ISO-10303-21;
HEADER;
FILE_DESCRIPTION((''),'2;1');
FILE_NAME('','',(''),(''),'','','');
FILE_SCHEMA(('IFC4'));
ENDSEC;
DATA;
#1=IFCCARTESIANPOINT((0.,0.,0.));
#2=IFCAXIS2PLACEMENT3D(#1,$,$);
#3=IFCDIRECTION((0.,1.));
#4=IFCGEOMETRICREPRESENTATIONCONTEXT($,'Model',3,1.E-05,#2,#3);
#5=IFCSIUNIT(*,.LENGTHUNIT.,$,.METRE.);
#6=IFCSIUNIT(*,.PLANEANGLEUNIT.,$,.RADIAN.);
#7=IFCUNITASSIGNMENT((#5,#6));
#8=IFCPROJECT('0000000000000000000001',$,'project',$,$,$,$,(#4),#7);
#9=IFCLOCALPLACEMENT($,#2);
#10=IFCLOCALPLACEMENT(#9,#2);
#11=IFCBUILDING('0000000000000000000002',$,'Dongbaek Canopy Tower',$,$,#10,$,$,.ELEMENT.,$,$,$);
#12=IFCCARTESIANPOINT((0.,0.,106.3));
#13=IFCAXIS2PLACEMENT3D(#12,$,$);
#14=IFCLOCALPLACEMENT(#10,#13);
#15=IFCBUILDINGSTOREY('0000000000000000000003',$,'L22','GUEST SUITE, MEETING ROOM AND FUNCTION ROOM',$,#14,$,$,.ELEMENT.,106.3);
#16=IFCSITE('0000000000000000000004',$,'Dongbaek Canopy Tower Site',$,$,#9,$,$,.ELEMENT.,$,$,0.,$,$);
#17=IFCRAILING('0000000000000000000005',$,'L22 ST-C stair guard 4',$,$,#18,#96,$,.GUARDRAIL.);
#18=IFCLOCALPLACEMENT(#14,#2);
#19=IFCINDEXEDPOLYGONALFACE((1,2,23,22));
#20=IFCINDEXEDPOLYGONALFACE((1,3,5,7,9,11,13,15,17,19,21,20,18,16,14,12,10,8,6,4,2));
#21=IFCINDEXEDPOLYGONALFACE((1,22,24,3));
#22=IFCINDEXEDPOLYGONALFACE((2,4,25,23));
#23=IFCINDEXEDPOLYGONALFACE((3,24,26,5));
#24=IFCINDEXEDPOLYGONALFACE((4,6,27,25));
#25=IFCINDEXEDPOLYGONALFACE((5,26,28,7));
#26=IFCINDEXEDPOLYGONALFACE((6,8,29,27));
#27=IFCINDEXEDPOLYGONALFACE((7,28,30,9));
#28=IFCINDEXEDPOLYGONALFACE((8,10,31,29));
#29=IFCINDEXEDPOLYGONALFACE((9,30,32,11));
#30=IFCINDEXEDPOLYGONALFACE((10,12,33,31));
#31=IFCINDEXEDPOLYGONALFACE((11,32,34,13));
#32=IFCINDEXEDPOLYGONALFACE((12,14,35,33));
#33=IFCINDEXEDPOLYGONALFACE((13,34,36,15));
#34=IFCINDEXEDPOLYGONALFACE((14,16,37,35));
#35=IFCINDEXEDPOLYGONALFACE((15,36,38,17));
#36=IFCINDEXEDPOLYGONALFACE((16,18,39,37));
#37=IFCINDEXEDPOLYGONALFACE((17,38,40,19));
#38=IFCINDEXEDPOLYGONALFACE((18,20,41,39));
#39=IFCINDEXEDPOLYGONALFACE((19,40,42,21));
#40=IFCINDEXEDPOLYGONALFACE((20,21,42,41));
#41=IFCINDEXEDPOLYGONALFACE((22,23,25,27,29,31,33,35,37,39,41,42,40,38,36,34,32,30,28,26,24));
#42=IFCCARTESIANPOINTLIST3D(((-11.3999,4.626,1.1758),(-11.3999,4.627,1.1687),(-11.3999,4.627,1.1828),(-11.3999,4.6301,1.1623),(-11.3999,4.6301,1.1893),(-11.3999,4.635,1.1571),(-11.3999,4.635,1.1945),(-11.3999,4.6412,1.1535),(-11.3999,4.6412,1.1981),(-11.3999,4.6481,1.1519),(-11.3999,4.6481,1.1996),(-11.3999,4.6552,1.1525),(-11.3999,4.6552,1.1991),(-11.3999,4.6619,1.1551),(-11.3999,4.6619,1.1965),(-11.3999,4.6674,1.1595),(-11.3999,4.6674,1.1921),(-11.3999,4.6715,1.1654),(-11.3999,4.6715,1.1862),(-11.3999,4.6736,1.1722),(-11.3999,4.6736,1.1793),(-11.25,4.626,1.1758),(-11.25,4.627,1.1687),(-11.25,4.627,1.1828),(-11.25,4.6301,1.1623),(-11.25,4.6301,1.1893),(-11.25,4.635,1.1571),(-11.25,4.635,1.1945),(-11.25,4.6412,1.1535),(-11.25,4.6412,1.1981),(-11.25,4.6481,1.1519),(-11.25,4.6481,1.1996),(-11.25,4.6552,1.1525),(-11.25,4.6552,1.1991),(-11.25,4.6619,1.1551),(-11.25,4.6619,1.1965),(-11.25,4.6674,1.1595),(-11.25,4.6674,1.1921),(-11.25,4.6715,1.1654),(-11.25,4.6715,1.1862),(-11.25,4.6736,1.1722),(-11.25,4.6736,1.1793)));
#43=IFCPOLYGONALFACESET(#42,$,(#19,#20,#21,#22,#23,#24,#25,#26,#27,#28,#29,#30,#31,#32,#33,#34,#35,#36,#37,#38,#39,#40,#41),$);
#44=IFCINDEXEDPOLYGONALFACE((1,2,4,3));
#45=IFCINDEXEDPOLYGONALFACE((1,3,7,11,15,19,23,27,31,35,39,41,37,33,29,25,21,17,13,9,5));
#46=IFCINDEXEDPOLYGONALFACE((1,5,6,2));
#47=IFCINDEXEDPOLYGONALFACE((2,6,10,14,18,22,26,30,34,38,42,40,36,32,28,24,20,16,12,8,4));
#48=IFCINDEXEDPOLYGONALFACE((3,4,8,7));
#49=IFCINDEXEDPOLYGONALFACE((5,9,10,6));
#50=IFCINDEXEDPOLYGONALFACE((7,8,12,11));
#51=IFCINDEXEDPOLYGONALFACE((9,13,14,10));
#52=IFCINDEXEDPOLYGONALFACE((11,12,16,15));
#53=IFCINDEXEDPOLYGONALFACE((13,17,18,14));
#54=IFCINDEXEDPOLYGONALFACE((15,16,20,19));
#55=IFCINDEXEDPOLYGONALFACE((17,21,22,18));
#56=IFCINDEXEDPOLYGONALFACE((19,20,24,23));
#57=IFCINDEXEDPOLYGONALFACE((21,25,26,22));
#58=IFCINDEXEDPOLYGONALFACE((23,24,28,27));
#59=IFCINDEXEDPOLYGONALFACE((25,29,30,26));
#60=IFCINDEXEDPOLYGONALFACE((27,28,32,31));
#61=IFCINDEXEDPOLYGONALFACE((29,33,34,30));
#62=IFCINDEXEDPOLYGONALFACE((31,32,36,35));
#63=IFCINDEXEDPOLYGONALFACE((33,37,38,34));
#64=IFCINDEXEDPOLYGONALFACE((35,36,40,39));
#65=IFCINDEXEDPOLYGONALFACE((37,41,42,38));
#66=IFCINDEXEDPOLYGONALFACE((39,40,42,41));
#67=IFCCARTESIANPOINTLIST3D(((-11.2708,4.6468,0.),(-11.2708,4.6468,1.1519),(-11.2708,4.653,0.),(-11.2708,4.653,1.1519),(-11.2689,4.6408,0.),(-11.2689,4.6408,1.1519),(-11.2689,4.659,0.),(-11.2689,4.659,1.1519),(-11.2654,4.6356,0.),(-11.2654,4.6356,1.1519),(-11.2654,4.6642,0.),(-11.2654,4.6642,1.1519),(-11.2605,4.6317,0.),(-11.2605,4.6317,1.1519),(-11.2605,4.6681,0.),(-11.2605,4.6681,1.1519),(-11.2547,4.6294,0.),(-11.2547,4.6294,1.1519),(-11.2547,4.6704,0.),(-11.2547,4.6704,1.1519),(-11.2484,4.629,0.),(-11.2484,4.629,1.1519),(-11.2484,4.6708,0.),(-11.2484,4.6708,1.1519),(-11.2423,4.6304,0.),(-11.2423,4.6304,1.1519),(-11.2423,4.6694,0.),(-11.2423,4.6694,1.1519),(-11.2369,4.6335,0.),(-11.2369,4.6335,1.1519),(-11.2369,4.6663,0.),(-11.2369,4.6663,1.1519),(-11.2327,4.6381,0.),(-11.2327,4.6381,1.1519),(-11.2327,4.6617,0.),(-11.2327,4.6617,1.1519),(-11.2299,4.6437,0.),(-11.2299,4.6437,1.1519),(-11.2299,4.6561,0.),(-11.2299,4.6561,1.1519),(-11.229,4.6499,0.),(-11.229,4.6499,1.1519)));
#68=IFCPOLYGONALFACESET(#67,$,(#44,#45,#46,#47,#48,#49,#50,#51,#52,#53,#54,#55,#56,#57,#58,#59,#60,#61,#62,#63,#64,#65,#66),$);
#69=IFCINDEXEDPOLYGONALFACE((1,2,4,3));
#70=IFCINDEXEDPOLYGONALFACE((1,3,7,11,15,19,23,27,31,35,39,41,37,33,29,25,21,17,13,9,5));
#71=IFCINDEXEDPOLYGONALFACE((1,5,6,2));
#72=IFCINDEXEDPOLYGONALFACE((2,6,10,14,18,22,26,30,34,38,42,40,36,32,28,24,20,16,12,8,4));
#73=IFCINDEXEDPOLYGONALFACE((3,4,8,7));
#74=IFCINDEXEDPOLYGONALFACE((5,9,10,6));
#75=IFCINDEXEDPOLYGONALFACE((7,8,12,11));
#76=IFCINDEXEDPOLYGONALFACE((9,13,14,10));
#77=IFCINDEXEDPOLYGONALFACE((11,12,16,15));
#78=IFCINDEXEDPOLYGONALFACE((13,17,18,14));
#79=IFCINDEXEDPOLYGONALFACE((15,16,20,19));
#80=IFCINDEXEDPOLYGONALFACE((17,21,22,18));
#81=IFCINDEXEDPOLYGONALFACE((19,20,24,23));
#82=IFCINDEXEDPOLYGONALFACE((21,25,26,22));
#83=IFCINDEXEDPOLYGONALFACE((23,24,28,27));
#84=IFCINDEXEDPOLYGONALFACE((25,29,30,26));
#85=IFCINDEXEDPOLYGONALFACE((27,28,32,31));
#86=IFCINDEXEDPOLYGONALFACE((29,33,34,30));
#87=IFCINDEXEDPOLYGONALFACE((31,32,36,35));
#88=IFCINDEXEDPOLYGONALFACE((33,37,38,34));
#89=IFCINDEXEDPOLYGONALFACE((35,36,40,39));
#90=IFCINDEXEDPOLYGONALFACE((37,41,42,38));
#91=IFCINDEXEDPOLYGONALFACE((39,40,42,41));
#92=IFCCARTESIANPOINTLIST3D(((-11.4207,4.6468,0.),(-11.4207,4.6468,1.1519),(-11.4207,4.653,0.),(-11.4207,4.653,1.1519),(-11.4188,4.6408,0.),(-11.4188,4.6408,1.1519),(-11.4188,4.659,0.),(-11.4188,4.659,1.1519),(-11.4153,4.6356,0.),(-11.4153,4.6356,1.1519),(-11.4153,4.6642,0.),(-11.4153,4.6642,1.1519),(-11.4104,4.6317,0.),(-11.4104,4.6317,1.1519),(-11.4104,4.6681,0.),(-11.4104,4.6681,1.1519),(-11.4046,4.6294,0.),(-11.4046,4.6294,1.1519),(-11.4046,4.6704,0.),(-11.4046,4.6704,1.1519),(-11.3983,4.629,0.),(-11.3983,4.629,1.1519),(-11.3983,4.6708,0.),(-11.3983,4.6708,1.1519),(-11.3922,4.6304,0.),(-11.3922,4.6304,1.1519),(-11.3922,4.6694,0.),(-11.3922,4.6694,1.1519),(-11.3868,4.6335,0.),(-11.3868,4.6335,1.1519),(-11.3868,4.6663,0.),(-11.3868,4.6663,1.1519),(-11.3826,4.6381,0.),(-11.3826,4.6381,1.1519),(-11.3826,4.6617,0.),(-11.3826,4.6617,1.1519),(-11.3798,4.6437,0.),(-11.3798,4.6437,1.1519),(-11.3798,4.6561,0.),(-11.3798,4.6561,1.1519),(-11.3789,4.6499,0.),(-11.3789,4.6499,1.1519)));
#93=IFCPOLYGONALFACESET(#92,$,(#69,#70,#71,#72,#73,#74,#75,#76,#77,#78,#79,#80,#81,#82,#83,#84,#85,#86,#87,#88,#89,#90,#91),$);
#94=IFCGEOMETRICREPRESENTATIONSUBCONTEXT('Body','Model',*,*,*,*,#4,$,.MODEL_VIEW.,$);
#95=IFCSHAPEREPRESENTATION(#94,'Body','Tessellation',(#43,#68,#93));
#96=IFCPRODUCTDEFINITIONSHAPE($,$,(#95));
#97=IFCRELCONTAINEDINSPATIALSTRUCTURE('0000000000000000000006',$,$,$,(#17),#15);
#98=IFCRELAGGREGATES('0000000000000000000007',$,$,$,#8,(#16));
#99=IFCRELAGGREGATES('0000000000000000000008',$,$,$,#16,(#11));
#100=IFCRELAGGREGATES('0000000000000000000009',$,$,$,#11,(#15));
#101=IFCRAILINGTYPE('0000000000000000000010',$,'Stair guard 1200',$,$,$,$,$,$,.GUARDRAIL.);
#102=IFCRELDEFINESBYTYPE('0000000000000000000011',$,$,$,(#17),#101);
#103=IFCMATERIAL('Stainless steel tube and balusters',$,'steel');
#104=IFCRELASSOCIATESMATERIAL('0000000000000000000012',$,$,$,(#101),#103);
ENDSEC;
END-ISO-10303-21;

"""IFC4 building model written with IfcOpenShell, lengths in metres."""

from ifc_helpers import new_model, si_unit, direction, frame, origin, origin_2d, place, context, subcontext, project, spatial, circle, extrude, material, type_object, element, save


model = new_model("IFC4")

# Units and contexts
model_context = context("Model", 3, precision=1e-05, world=origin(), true_north=direction((0.0, 1.0)))
body_context = subcontext(model_context, "Body", "Model", "MODEL_VIEW")
ifc_project = project(units=[si_unit("LENGTHUNIT", "METRE"), si_unit("PLANEANGLEUNIT", "RADIAN")], contexts=[model_context])

# Site, building, storey
site_placement = place(None, origin())
site = spatial("IfcSite", under=ifc_project, at=site_placement, Name="Dongbaek Canopy Tower Site", CompositionType="ELEMENT", RefElevation=0.0)
building_placement = place(site_placement, origin())
building = spatial("IfcBuilding", under=site, at=building_placement, Name="Dongbaek Canopy Tower", CompositionType="ELEMENT")
storey_placement = place(building_placement, frame((0.0, 0.0, 106.3)))
storey = spatial("IfcBuildingStorey", under=building, at=storey_placement, Name="L22", Description="GUEST SUITE, MEETING ROOM AND FUNCTION ROOM", CompositionType="ELEMENT", Elevation=106.3)

# Railing
ifc_material_1 = material(Name="Stainless steel tube and balusters", Category="steel")
railing_type_1 = type_object("IfcRailingType", Name="Stair guard 1200", PredefinedType="GUARDRAIL", material=ifc_material_1)
railing_1_placement = place(storey_placement, frame((-11.25, 4.6499, 0.0)))
element("IfcRailing", 1, at=railing_1_placement, inside=storey, type_object=railing_type_1, Name="L22 ST-C stair guard 4", PredefinedType="GUARDRAIL", context=body_context, shape_type="SweptSolid", body=[
    extrude(circle(Radius=0.0239, at=origin_2d()), frame((0.0, 0.0, 1.1758), z_axis=(-1.0, 0.0, 0.0), x_axis=(0.0, -1.0, 0.0)), (0.0, 0.0, 1.0), 0.1499),
    extrude(circle(Radius=0.021, at=origin_2d()), origin(), (0.0, 0.0, 1.0), 1.1519),
    extrude(circle(Radius=0.021, at=origin_2d()), frame((-0.1499, 0.0, 0.0)), (0.0, 0.0, 1.0), 1.1519),
])

save(model, "model.ifc")
